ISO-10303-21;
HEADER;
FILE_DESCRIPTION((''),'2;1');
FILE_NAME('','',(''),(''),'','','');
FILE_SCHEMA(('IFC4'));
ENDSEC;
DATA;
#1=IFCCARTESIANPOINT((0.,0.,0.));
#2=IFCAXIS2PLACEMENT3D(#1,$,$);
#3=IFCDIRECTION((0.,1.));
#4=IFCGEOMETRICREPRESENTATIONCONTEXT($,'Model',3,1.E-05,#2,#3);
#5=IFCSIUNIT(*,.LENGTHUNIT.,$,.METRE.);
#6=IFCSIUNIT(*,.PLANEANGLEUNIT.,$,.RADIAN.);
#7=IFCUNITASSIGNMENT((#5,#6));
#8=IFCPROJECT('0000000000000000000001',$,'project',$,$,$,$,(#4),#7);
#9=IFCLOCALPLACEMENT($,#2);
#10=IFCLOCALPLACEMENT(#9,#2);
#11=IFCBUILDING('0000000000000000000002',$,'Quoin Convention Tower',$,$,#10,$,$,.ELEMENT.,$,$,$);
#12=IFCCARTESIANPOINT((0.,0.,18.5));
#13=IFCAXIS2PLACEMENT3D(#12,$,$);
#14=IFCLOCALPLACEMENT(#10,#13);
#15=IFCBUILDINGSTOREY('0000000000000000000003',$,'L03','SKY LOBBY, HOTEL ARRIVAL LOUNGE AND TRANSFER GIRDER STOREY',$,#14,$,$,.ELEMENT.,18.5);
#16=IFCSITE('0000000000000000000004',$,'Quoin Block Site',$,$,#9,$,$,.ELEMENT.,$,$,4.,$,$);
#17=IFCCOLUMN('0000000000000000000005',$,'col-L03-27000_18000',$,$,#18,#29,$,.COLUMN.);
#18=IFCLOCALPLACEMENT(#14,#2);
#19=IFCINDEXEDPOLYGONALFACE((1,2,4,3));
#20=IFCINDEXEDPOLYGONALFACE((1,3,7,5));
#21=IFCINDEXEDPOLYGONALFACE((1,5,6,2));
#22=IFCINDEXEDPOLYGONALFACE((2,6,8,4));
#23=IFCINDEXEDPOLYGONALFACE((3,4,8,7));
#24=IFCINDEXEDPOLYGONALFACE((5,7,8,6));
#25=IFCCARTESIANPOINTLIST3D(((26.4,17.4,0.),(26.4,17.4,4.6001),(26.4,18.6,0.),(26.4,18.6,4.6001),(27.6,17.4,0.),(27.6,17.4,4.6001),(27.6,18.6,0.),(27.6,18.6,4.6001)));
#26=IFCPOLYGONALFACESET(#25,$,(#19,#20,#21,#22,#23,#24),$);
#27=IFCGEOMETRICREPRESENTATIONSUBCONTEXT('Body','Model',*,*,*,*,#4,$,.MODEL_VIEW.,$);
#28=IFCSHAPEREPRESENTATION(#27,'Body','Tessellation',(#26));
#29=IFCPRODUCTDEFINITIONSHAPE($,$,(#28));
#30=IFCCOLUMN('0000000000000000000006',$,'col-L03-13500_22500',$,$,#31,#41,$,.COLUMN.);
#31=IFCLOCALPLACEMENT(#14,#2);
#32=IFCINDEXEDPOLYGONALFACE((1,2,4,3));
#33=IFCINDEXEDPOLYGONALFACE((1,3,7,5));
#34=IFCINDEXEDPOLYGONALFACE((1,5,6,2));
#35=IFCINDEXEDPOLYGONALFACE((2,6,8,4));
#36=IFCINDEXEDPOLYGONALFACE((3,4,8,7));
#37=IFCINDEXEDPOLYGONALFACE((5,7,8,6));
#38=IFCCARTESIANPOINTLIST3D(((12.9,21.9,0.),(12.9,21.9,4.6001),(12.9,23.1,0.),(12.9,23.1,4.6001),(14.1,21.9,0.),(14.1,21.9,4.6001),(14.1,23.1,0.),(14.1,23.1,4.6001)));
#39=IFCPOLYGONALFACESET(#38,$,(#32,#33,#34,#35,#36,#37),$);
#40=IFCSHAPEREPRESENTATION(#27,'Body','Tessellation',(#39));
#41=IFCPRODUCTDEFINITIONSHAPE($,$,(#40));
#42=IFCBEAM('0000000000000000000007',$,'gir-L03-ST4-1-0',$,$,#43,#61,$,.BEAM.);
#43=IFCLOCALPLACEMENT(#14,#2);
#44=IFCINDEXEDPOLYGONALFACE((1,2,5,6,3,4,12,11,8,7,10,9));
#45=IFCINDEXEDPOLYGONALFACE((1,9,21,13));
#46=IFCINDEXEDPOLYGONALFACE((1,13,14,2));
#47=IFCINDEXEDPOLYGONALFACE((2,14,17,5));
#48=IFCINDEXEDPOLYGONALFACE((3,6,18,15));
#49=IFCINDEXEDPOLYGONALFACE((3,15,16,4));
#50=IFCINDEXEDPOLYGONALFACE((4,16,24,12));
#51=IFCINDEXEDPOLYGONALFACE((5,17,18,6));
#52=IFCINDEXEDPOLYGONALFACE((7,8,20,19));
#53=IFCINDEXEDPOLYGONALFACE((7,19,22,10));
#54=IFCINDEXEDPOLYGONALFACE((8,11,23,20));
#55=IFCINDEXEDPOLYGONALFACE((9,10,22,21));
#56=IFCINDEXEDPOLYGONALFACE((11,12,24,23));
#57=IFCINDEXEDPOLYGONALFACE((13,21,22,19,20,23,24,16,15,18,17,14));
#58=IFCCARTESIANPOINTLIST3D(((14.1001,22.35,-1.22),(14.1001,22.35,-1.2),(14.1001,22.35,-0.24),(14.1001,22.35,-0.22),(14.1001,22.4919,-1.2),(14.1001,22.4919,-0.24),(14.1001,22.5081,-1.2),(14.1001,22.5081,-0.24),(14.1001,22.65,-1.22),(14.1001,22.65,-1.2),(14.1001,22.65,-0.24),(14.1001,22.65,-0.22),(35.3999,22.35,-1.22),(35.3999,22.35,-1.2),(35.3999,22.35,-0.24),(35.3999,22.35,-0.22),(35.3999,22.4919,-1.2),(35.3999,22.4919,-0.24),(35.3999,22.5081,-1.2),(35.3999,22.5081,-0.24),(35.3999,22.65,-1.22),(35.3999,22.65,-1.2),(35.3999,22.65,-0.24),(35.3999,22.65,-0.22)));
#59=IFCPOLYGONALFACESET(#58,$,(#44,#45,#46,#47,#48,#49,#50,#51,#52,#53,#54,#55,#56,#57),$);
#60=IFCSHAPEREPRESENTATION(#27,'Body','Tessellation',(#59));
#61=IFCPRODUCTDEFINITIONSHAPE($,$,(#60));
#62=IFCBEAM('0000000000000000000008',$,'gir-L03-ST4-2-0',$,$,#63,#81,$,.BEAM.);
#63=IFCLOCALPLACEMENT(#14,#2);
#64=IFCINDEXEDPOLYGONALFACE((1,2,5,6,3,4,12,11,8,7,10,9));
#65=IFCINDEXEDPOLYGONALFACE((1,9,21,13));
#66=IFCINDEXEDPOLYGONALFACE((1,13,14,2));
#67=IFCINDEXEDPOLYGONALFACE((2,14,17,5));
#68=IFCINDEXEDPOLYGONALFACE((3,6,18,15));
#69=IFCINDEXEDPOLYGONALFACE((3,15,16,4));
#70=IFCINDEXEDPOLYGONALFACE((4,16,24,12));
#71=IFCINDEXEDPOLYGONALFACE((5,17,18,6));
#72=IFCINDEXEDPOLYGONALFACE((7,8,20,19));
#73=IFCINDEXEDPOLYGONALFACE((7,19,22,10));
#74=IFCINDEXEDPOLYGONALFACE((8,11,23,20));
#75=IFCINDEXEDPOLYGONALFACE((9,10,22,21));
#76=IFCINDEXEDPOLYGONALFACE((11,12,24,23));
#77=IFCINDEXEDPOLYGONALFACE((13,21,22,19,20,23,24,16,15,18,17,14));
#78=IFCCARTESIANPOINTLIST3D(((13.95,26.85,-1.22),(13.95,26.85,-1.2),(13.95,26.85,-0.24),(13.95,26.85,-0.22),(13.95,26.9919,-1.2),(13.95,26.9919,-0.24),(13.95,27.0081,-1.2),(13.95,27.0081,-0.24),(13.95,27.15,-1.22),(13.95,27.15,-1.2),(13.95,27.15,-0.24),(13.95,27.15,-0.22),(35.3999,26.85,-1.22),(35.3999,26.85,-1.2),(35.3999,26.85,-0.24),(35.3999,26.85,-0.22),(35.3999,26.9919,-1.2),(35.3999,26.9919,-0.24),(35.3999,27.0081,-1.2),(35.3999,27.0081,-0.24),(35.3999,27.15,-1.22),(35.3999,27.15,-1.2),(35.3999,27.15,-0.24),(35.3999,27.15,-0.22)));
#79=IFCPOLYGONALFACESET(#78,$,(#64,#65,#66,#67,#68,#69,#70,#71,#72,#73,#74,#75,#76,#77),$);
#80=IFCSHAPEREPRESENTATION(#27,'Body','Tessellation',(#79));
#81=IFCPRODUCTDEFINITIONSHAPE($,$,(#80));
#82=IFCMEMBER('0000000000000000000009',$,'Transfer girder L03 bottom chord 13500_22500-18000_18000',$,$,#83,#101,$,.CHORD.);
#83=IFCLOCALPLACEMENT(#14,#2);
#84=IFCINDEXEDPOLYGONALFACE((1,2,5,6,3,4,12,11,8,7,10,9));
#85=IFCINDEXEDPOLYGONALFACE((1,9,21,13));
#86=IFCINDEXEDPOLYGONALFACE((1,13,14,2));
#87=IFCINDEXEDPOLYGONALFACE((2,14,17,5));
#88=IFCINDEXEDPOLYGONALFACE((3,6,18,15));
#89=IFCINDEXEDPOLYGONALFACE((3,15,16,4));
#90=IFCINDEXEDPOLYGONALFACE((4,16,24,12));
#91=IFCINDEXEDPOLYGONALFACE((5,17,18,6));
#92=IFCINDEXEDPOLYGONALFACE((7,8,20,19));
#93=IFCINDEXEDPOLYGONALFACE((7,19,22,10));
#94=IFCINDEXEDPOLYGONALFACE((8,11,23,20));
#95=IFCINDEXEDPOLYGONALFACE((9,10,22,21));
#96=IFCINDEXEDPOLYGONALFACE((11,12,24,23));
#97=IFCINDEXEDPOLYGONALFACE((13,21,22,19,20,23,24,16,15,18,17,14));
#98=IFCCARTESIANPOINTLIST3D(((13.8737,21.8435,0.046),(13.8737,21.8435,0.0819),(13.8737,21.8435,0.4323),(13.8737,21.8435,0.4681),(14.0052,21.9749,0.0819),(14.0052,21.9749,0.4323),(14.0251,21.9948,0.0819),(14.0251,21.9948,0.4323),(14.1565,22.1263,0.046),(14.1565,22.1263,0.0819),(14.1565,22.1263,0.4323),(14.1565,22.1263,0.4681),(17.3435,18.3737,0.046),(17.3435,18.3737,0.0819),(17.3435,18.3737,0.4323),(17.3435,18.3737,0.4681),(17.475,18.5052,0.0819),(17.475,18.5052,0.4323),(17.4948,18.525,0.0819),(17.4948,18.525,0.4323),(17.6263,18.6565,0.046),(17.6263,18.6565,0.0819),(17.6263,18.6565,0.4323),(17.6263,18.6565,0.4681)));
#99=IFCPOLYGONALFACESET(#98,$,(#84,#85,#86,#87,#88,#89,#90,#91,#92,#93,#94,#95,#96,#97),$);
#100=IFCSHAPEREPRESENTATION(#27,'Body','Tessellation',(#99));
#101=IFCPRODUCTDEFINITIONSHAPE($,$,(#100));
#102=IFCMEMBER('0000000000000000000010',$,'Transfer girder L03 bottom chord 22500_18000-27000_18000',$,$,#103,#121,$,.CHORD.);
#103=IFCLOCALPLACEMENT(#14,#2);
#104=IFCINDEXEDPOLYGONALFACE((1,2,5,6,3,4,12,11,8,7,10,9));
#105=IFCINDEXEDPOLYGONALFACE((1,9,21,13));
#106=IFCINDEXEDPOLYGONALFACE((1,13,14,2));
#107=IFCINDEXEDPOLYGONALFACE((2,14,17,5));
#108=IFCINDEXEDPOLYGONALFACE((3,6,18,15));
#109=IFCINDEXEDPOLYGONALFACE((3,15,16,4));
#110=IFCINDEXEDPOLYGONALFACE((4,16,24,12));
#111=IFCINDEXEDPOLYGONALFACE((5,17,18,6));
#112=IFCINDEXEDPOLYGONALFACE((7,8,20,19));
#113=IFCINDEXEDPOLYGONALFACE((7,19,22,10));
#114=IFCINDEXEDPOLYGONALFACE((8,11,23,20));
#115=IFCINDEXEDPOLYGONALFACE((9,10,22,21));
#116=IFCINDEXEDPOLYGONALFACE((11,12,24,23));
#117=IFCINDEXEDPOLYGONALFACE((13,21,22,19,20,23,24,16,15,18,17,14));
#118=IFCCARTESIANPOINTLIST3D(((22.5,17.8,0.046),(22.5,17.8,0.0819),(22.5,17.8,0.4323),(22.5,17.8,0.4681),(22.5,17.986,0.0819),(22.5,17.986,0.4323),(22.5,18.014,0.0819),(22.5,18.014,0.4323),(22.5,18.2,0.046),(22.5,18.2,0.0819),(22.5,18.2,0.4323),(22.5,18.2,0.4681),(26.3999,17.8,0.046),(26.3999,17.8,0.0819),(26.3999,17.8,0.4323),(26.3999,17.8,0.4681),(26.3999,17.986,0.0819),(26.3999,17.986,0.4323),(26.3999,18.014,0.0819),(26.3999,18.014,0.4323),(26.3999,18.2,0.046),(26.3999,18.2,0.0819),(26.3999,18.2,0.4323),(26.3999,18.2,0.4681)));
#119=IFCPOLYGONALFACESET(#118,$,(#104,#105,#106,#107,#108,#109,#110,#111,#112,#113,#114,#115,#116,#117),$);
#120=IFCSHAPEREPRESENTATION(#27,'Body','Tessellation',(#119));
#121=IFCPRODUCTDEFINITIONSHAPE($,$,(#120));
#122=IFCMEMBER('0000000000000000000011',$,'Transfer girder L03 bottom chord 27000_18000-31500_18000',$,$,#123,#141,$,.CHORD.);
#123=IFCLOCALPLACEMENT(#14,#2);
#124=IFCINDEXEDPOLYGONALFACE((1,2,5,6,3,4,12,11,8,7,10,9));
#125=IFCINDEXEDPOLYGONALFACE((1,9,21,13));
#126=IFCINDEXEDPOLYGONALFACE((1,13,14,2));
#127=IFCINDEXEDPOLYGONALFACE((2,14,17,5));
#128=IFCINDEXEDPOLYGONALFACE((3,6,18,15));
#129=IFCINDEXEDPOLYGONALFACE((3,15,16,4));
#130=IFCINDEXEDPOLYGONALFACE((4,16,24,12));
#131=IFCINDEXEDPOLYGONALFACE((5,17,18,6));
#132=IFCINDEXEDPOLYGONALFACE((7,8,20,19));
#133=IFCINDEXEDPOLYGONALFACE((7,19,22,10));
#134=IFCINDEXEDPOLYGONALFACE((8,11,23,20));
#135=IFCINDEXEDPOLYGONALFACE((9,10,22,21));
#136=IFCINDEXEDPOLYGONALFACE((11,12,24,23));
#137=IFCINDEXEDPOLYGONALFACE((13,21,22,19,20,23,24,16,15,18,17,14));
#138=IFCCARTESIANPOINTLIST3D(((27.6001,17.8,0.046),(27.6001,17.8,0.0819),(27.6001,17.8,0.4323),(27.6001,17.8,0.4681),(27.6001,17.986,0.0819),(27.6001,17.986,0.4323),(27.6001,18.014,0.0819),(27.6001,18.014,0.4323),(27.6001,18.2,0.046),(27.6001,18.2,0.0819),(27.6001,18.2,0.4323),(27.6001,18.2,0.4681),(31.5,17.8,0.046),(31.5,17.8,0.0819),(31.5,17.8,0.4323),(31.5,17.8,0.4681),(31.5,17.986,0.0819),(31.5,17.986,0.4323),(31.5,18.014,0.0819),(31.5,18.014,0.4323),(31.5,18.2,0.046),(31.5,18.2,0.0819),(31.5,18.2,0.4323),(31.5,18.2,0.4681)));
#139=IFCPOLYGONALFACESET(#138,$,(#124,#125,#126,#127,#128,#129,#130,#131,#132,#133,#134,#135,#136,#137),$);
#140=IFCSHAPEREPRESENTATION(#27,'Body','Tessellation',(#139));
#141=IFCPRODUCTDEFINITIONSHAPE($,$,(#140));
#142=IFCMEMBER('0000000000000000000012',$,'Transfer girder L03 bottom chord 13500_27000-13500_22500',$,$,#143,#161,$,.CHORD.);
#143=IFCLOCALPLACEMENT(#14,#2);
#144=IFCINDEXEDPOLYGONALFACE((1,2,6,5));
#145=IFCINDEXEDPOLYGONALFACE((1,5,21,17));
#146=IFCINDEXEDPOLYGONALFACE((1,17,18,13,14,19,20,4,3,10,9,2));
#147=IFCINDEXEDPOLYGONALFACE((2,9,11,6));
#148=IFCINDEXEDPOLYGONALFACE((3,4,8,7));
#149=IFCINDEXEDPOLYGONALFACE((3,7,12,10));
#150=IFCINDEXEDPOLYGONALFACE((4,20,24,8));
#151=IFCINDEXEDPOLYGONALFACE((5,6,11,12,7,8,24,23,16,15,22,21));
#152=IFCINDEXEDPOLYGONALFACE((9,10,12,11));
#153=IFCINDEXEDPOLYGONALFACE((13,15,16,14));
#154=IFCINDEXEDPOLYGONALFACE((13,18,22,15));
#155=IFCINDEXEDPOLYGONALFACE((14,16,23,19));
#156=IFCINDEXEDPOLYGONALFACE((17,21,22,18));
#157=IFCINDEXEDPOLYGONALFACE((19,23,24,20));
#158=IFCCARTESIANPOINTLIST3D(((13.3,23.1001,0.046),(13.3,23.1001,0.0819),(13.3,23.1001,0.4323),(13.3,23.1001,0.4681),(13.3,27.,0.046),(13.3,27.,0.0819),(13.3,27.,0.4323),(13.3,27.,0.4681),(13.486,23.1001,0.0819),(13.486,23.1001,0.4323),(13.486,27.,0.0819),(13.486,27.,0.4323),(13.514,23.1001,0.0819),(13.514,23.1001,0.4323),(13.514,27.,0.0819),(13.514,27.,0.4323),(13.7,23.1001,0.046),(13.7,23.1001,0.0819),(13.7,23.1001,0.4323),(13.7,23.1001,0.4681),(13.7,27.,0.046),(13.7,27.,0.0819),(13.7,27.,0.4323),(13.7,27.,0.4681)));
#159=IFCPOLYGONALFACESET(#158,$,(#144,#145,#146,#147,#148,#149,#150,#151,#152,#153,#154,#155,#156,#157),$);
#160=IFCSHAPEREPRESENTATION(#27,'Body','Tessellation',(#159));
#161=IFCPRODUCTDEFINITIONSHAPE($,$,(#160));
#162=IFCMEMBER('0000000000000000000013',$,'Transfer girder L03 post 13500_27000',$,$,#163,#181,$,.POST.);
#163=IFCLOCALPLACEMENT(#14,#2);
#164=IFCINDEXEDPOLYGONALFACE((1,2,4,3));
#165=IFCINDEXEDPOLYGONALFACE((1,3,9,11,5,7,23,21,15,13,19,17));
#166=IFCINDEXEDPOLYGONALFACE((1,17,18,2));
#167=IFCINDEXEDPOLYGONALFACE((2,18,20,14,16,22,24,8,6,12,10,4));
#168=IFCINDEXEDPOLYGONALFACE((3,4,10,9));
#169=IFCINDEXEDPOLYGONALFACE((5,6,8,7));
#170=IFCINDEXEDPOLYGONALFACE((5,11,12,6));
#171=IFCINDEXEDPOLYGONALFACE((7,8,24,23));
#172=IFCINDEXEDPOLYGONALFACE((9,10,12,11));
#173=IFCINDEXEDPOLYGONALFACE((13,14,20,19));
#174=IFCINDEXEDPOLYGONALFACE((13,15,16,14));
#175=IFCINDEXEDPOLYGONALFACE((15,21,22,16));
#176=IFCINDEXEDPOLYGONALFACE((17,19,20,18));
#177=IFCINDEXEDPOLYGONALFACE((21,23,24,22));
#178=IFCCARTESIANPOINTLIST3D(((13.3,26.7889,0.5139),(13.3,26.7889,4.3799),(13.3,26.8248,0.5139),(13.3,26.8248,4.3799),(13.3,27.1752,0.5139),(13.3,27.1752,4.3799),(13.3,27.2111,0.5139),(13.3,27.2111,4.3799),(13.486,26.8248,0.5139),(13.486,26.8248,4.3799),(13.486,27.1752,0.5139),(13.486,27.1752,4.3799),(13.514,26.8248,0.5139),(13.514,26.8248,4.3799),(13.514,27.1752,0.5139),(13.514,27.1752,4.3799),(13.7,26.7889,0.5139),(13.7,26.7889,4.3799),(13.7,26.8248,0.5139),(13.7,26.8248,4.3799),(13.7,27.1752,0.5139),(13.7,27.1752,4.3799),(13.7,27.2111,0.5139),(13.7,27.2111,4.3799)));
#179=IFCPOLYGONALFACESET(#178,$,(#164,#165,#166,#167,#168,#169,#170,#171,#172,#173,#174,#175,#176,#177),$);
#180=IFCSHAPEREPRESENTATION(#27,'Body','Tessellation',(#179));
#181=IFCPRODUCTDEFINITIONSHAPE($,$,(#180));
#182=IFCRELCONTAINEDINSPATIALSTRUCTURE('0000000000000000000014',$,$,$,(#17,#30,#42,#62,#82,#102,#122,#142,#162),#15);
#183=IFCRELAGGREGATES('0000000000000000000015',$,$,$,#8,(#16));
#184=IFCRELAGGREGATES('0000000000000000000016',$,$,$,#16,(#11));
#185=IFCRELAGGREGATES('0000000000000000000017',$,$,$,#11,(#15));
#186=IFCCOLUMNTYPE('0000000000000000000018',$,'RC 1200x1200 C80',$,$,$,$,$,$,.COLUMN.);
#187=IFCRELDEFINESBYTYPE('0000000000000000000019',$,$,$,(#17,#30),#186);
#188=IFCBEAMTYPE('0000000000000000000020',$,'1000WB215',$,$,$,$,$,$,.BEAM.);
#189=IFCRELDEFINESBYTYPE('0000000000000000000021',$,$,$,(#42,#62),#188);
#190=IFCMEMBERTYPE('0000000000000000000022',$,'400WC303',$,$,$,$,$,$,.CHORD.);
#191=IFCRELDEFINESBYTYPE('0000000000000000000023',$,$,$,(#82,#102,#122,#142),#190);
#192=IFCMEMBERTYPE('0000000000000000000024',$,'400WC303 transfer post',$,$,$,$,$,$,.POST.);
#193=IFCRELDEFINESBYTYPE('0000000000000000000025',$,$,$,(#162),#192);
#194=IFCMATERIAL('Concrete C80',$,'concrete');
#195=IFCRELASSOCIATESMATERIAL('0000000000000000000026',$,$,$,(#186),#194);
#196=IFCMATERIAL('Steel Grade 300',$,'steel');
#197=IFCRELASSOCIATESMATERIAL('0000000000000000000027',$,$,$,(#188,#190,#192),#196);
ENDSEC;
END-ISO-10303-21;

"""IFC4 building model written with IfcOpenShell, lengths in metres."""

from ifc_helpers import new_model, si_unit, direction, frame, origin, origin_2d, place, context, subcontext, project, spatial, rectangle, i_section, extrude, material, material_profile, profile_set, type_object, element, save


model = new_model("IFC4")

# Units and contexts
model_context = context("Model", 3, precision=1e-05, world=origin(), true_north=direction((0.0, 1.0)))
body_context = subcontext(model_context, "Body", "Model", "MODEL_VIEW")
ifc_project = project(units=[si_unit("LENGTHUNIT", "METRE"), si_unit("PLANEANGLEUNIT", "RADIAN")], contexts=[model_context])

# Site, building, storey
site_placement = place(None, origin())
site = spatial("IfcSite", under=ifc_project, at=site_placement, Name="Quoin Block Site", CompositionType="ELEMENT", RefElevation=4.0)
building_placement = place(site_placement, origin())
building = spatial("IfcBuilding", under=site, at=building_placement, Name="Quoin Convention Tower", CompositionType="ELEMENT")
storey_placement = place(building_placement, frame((0.0, 0.0, 18.5)))
storey = spatial("IfcBuildingStorey", under=building, at=storey_placement, Name="L03", Description="SKY LOBBY, HOTEL ARRIVAL LOUNGE AND TRANSFER GIRDER STOREY", CompositionType="ELEMENT", Elevation=18.5)

# Columns
ifc_material_1 = material(Name="Concrete C80", Category="concrete")
ifc_material_profile_1 = material_profile(ifc_material_1, rectangle(XDim=1.2, YDim=1.2, at=origin_2d()), Name="RC 1200x1200")
ifc_profile_set_1 = profile_set([ifc_material_profile_1], Name="Concrete C80")
column_type = type_object("IfcColumnType", Name="RC 1200x1200 C80", PredefinedType="COLUMN", material=ifc_profile_set_1)
for number, where, z_axis, x_axis, name in (
    (1, (27.0, 18.0, 0.0), (0.0, 0.0, 1.0), (1.0, 0.0, 0.0), "col-L03-27000_18000"),
    (2, (13.5, 22.5, 0.0), (0.0, 0.0, 1.0), (1.0, 0.0, 0.0), "col-L03-13500_22500"),
):
    element("IfcColumn", number, at=place(storey_placement, frame(where, z_axis=z_axis, x_axis=x_axis)), inside=storey, type_object=column_type, Name=name, PredefinedType="COLUMN", context=body_context, shape_type="SweptSolid", body=[
        extrude(rectangle(XDim=1.2, YDim=1.2, at=origin_2d()), origin(), (0.0, 0.0, 1.0), 4.6001),
    ])

# Beams
ifc_material_2 = material(Name="Steel Grade 300", Category="steel")
ifc_material_profile_2 = material_profile(ifc_material_2, i_section(OverallWidth=0.3, OverallDepth=1.0, WebThickness=0.0161, FlangeThickness=0.02, at=origin_2d()), Name="1000WB215")
ifc_profile_set_2 = profile_set([ifc_material_profile_2], Name="Steel Grade 300")
beam_type_1 = type_object("IfcBeamType", Name="1000WB215", PredefinedType="BEAM", material=ifc_profile_set_2)
beam_1_placement = place(storey_placement, frame((14.1001, 22.5, -0.72), z_axis=(1.0, 0.0, 0.0), x_axis=(0.0, 1.0, 0.0)))
element("IfcBeam", 3, at=beam_1_placement, inside=storey, type_object=beam_type_1, Name="gir-L03-ST4-1-0", PredefinedType="BEAM", context=body_context, shape_type="SweptSolid", body=[
    extrude(i_section(OverallWidth=0.3, OverallDepth=1.0, WebThickness=0.0161, FlangeThickness=0.02, at=origin_2d()), origin(), (0.0, 0.0, 1.0), 21.2998),
])
beam_2_placement = place(storey_placement, frame((13.95, 27.0, -0.72), z_axis=(1.0, 0.0, 0.0), x_axis=(0.0, 1.0, 0.0)))
element("IfcBeam", 4, at=beam_2_placement, inside=storey, type_object=beam_type_1, Name="gir-L03-ST4-2-0", PredefinedType="BEAM", context=body_context, shape_type="SweptSolid", body=[
    extrude(i_section(OverallWidth=0.3, OverallDepth=1.0, WebThickness=0.0161, FlangeThickness=0.02, at=origin_2d()), origin(), (0.0, 0.0, 1.0), 21.45),
])

# Members
ifc_material_profile_3 = material_profile(ifc_material_2, i_section(OverallWidth=0.3999, OverallDepth=0.4221, WebThickness=0.0281, FlangeThickness=0.0359, at=origin_2d()), Name="400WC303")
ifc_profile_set_3 = profile_set([ifc_material_profile_3], Name="Steel Grade 300")
member_type_1 = type_object("IfcMemberType", Name="400WC303", PredefinedType="CHORD", material=ifc_profile_set_3)
member_1_placement = place(storey_placement, frame((14.0151, 21.9849, 0.2571), z_axis=(0.707107, -0.707107, 0.0), x_axis=(0.707107, 0.707107, 0.0)))
element("IfcMember", 5, at=member_1_placement, inside=storey, type_object=member_type_1, Name="Transfer girder L03 bottom chord 13500_22500-18000_18000", PredefinedType="CHORD", context=body_context, shape_type="SweptSolid", body=[
    extrude(i_section(OverallWidth=0.3999, OverallDepth=0.4221, WebThickness=0.0281, FlangeThickness=0.0359, at=origin_2d()), origin(), (0.0, 0.0, 1.0), 4.907),
])
for number, where, z_axis, x_axis, name in (
    (6, (22.5, 18.0, 0.2571), (1.0, 0.0, 0.0), (0.0, 1.0, 0.0), "Transfer girder L03 bottom chord 22500_18000-27000_18000"),
    (7, (27.6001, 18.0, 0.2571), (1.0, 0.0, 0.0), (0.0, 1.0, 0.0), "Transfer girder L03 bottom chord 27000_18000-31500_18000"),
    (8, (13.5, 27.0, 0.2571), (0.0, -1.0, 0.0), (1.0, 0.0, 0.0), "Transfer girder L03 bottom chord 13500_27000-13500_22500"),
):
    element("IfcMember", number, at=place(storey_placement, frame(where, z_axis=z_axis, x_axis=x_axis)), inside=storey, type_object=member_type_1, Name=name, PredefinedType="CHORD", context=body_context, shape_type="SweptSolid", body=[
        extrude(i_section(OverallWidth=0.3999, OverallDepth=0.4221, WebThickness=0.0281, FlangeThickness=0.0359, at=origin_2d()), origin(), (0.0, 0.0, 1.0), 3.8999),
    ])
ifc_material_profile_4 = material_profile(ifc_material_2, i_section(OverallWidth=0.3999, OverallDepth=0.4221, WebThickness=0.0281, FlangeThickness=0.0359, at=origin_2d()), Name="400WC303")
ifc_profile_set_4 = profile_set([ifc_material_profile_4], Name="Steel Grade 300")
member_type_2 = type_object("IfcMemberType", Name="400WC303 transfer post", PredefinedType="POST", material=ifc_profile_set_4)
member_2_placement = place(storey_placement, frame((13.5, 27.0, 0.5139), z_axis=(0.0, 0.0, 1.0), x_axis=(1.0, 0.0, 0.0)))
element("IfcMember", 9, at=member_2_placement, inside=storey, type_object=member_type_2, Name="Transfer girder L03 post 13500_27000", PredefinedType="POST", context=body_context, shape_type="SweptSolid", body=[
    extrude(i_section(OverallWidth=0.3999, OverallDepth=0.4221, WebThickness=0.0281, FlangeThickness=0.0359, at=origin_2d()), origin(), (0.0, 0.0, 1.0), 3.866),
])

save(model, "model.ifc")
